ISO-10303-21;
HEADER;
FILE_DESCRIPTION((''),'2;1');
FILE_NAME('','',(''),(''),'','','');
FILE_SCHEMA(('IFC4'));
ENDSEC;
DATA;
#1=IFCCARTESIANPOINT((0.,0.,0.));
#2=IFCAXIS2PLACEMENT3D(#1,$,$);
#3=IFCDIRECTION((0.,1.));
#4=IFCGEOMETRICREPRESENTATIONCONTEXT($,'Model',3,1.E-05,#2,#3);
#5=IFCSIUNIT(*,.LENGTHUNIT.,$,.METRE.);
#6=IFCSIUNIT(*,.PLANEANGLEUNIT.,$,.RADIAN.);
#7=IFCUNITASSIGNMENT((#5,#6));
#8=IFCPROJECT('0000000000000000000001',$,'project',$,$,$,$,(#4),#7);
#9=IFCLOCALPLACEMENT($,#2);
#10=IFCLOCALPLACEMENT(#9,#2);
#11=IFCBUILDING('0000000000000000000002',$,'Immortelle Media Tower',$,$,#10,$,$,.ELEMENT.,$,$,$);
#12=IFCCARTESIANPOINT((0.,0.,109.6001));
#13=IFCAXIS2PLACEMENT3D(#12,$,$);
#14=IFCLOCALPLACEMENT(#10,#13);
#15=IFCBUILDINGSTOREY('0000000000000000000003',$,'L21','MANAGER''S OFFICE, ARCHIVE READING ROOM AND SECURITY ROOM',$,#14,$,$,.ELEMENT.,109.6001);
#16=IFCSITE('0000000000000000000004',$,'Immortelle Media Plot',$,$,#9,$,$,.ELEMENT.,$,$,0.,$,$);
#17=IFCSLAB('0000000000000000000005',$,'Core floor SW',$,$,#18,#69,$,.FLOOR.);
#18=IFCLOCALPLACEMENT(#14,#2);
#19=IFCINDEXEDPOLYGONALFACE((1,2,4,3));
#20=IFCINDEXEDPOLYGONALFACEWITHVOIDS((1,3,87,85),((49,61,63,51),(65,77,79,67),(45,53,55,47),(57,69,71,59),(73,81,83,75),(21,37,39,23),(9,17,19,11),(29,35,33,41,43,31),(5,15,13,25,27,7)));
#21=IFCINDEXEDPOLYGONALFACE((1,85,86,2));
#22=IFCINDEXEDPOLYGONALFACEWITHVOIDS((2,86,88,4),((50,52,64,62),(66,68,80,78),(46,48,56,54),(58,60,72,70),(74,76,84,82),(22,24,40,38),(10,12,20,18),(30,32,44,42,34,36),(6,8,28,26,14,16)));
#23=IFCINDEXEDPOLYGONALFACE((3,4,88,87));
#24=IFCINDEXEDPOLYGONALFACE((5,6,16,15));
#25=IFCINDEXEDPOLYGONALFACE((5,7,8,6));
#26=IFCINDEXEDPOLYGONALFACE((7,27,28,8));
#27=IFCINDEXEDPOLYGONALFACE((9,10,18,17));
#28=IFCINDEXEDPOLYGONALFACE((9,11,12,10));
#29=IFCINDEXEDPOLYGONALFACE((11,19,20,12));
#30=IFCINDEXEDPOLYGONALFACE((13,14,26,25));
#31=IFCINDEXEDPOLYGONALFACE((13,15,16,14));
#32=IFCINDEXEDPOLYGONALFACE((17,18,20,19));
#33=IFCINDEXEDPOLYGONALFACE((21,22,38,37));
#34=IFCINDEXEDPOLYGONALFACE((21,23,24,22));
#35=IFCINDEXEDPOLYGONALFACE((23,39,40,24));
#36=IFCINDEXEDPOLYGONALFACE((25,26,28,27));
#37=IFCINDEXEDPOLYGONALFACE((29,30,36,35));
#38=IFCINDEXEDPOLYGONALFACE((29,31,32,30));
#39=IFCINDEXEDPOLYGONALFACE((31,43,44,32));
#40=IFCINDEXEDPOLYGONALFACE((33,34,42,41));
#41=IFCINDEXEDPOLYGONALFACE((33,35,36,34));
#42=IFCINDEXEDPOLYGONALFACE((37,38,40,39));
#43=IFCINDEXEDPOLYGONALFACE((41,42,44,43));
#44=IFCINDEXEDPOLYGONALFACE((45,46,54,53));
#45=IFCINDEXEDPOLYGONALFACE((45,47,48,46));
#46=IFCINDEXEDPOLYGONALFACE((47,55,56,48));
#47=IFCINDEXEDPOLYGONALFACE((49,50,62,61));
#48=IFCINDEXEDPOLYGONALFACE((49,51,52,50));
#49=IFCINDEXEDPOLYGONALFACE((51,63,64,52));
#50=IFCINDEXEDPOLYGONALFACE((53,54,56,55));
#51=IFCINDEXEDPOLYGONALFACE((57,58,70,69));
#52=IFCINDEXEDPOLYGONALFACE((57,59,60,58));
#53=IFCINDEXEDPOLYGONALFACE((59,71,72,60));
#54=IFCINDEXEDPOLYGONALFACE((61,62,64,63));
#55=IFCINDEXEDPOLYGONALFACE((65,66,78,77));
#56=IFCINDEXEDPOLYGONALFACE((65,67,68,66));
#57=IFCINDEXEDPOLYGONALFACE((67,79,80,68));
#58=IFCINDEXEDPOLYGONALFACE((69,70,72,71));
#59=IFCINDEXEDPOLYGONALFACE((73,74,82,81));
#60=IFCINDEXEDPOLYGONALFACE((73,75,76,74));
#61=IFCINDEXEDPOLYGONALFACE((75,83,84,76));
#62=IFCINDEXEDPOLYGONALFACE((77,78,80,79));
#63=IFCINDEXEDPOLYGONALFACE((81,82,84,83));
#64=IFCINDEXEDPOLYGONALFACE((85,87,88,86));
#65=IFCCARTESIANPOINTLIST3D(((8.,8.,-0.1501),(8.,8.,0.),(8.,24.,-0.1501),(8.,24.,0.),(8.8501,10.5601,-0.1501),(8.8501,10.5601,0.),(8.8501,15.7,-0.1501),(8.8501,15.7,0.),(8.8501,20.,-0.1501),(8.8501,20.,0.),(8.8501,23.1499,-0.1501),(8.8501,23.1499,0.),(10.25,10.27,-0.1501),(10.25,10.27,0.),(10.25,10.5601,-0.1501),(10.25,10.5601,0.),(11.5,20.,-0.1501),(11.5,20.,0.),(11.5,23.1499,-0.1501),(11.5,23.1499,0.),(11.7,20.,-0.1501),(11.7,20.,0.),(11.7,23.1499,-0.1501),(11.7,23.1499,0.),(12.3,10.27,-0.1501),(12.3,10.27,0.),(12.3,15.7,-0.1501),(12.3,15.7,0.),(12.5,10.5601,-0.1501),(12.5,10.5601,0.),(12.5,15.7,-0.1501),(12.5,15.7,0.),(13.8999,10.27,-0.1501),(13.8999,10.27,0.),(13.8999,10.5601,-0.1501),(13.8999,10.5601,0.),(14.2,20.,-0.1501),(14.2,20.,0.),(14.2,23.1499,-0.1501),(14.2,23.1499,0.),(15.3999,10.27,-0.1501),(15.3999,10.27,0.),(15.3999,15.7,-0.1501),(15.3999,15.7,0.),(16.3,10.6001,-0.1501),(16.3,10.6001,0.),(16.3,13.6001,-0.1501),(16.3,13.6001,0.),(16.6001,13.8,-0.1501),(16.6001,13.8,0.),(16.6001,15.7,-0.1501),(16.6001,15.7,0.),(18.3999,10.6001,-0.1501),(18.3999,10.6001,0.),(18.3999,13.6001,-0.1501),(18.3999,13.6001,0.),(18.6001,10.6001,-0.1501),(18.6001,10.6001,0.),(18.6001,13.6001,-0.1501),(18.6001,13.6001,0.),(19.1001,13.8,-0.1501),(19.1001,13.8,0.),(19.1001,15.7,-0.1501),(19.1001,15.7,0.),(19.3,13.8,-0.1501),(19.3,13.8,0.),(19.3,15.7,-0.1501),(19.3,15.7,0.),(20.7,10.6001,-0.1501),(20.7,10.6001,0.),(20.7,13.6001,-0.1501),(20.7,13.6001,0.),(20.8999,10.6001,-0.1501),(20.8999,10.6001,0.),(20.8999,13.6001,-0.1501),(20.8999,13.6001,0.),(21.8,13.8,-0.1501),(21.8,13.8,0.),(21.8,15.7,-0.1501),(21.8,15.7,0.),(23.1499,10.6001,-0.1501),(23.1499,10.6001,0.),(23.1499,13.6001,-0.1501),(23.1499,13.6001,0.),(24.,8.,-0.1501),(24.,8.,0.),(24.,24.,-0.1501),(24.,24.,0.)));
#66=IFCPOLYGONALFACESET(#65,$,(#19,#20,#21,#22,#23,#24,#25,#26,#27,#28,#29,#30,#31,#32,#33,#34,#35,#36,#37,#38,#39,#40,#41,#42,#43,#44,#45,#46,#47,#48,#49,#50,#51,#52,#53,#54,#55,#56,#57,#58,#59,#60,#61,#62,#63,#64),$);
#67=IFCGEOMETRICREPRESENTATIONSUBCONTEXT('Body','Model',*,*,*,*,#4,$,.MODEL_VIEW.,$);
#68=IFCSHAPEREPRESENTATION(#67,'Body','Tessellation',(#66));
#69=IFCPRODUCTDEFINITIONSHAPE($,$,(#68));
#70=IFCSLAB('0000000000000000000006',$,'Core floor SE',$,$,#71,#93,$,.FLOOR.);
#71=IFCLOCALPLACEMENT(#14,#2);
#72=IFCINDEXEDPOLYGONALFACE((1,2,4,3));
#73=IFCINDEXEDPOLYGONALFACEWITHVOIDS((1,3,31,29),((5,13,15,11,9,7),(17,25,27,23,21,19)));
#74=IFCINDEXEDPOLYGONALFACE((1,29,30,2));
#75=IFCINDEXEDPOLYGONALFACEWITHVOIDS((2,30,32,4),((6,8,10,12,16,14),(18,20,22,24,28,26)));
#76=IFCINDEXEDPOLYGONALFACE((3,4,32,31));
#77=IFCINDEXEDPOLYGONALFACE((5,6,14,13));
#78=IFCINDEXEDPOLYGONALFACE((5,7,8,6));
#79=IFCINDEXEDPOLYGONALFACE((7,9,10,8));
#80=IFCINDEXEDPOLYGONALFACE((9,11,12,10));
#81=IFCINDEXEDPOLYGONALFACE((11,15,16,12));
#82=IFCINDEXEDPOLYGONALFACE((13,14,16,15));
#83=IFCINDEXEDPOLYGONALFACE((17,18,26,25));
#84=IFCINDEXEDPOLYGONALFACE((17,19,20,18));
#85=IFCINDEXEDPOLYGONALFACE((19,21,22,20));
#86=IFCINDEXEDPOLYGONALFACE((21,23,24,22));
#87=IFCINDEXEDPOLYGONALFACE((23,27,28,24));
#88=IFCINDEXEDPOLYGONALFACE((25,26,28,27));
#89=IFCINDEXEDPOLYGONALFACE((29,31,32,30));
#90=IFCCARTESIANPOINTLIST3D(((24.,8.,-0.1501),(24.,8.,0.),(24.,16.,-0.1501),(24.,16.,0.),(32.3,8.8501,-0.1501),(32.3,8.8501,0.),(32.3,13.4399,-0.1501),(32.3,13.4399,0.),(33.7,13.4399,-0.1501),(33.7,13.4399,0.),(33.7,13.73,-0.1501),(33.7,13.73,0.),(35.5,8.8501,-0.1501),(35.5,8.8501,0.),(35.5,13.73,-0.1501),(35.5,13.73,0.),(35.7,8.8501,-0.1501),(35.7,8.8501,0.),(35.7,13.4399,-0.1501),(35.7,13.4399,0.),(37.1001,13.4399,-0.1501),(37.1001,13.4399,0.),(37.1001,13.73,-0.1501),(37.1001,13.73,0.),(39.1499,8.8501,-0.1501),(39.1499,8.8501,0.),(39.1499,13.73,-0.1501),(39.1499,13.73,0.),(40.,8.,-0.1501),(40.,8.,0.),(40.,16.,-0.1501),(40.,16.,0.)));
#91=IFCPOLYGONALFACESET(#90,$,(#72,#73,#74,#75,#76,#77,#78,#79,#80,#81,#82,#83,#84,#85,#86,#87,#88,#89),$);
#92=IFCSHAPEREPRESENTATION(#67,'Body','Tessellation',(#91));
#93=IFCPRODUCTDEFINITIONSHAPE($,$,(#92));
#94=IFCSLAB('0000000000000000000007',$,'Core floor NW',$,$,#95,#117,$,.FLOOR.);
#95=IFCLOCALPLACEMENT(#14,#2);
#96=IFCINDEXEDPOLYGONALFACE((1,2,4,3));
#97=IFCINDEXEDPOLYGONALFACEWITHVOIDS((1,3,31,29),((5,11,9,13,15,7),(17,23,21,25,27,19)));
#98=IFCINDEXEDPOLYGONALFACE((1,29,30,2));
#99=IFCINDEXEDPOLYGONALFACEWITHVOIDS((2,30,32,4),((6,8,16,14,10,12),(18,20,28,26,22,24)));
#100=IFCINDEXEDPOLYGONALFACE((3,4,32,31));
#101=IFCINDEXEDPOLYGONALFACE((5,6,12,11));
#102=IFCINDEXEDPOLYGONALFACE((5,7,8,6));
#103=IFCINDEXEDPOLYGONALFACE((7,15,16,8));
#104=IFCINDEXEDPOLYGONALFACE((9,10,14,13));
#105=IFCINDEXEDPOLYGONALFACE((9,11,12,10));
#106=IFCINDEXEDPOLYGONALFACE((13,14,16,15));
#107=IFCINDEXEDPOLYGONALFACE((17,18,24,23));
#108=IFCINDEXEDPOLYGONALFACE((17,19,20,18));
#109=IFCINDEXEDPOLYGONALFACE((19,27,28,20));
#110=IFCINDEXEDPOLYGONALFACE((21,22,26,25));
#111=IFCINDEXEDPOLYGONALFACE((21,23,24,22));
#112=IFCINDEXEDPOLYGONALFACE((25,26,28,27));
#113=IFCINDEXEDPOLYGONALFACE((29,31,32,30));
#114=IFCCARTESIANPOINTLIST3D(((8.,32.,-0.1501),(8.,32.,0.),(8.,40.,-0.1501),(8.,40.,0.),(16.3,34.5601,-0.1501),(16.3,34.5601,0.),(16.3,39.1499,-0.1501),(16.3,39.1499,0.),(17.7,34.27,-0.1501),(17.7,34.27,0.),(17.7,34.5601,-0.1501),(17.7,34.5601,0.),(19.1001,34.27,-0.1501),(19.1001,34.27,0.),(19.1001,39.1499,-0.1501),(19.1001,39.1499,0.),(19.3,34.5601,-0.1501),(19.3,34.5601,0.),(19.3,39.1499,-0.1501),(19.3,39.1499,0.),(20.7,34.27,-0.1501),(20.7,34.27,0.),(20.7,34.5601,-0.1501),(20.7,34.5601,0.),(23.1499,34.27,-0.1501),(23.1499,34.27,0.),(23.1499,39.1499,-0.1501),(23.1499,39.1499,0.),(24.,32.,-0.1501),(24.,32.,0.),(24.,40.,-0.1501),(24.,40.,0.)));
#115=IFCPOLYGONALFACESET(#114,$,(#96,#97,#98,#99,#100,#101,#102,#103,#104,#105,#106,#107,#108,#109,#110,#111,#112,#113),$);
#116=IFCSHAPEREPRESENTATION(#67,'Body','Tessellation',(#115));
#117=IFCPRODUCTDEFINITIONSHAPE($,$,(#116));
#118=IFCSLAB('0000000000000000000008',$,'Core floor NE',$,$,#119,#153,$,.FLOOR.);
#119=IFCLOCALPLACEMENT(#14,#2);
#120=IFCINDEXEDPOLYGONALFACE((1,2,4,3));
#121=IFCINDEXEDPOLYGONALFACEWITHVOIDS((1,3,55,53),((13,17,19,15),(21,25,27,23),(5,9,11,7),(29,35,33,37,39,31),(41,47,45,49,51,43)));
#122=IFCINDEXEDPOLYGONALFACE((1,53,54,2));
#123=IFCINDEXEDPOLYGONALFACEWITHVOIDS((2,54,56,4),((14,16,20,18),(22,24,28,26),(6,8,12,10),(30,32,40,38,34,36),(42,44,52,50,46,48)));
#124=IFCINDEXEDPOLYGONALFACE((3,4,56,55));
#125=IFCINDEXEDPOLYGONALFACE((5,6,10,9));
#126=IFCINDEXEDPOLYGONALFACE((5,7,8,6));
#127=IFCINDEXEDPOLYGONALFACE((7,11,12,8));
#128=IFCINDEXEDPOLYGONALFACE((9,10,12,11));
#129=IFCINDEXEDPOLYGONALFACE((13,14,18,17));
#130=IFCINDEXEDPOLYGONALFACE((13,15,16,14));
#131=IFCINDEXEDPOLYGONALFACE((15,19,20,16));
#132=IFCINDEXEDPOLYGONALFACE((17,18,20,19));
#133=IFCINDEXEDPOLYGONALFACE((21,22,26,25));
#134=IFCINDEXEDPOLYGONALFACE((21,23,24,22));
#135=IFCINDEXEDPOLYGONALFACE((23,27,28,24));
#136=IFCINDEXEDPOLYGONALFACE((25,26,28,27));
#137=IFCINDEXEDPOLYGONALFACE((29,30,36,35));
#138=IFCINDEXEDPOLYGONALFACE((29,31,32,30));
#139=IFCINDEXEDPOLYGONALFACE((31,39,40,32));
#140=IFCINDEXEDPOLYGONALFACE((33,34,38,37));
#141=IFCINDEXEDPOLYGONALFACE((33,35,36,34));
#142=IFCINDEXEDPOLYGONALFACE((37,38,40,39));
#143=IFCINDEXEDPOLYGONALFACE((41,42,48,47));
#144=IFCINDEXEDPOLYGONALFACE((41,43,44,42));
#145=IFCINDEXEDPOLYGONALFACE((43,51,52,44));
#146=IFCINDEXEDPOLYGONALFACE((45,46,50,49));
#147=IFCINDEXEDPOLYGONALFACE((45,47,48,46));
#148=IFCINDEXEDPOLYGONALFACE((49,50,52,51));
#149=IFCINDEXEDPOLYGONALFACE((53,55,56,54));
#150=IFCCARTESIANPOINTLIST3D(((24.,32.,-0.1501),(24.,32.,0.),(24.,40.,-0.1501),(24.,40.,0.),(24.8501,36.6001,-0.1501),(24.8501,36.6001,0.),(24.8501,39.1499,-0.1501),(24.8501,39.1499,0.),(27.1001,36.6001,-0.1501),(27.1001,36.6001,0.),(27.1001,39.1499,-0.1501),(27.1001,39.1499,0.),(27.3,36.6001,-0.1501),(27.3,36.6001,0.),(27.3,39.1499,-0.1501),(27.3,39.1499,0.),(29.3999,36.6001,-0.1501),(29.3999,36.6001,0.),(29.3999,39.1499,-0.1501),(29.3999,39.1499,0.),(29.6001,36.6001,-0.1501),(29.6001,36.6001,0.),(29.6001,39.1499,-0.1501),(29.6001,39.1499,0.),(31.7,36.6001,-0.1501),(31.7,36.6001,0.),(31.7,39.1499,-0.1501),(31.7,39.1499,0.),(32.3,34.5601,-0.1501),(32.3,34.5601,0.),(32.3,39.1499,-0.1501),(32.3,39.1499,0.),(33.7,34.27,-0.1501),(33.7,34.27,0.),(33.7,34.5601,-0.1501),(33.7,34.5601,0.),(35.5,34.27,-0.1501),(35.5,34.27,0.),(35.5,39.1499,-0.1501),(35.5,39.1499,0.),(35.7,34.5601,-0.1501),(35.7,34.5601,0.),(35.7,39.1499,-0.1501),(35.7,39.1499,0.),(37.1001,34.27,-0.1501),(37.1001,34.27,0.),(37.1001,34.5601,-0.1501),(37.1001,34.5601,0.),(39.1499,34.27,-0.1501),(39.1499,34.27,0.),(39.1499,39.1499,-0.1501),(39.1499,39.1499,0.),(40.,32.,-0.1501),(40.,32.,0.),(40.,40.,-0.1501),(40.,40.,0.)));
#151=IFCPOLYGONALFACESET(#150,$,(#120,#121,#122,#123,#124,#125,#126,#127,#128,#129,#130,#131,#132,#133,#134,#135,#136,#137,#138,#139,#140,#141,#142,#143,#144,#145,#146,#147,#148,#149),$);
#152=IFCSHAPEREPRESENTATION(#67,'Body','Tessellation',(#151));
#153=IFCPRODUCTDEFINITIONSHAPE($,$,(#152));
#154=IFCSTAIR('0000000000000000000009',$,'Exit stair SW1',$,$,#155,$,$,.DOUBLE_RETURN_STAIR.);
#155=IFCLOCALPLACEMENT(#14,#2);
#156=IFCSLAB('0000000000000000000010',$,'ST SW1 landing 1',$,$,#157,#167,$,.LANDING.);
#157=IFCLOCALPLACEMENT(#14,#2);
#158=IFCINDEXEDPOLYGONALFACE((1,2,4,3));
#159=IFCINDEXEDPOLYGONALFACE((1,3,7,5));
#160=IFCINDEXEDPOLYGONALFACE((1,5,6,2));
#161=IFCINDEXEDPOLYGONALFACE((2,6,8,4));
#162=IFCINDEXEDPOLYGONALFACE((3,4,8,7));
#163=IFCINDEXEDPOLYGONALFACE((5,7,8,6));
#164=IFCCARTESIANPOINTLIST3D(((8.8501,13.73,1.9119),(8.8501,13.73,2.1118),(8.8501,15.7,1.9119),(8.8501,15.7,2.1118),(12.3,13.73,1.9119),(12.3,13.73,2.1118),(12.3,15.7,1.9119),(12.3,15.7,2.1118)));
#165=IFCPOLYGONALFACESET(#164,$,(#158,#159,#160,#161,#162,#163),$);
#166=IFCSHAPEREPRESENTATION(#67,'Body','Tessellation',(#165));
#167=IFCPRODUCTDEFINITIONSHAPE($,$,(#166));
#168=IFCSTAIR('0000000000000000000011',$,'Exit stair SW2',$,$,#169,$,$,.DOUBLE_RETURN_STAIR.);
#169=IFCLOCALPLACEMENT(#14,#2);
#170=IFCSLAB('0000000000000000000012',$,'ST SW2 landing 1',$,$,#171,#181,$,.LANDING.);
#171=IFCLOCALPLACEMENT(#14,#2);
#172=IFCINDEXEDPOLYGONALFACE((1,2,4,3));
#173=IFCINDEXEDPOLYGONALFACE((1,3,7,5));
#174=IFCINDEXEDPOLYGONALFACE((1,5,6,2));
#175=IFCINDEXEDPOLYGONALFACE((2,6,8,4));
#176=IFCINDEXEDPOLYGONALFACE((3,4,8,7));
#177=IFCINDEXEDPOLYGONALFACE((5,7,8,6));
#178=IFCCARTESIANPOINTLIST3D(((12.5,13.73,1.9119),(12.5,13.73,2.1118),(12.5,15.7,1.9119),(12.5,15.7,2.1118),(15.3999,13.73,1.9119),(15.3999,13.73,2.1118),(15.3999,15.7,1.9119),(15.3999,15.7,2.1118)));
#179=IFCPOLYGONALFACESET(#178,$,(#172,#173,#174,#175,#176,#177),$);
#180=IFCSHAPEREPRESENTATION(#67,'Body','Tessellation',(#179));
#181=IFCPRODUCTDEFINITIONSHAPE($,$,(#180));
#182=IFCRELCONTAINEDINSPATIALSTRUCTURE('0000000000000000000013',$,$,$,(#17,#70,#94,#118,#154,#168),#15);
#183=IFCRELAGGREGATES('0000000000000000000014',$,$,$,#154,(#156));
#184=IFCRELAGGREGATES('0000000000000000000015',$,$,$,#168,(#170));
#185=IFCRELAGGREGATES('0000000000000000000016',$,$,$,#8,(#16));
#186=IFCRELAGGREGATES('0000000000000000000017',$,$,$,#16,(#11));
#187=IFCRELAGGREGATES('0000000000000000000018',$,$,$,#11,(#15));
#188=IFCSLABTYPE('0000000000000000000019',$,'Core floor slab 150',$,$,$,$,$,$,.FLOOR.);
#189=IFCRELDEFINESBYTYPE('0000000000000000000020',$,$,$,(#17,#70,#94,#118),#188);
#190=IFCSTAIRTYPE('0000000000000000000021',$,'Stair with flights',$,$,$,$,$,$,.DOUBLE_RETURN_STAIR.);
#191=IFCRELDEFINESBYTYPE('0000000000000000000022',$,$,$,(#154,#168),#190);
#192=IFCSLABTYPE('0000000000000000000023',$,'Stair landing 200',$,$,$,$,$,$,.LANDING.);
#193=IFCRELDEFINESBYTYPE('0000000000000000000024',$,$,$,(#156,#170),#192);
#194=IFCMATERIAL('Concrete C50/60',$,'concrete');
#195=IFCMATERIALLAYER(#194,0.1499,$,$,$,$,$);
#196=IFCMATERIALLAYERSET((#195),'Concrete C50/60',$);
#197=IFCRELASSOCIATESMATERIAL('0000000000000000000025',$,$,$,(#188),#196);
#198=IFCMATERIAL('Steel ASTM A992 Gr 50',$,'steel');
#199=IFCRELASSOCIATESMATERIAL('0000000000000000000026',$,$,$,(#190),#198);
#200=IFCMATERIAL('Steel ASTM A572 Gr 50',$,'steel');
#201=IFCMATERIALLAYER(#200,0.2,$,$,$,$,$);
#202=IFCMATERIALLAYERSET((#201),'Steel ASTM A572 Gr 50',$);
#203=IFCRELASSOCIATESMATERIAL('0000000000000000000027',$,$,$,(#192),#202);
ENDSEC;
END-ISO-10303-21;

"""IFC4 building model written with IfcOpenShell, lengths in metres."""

from ifc_helpers import new_model, si_unit, direction, frame, origin, place, context, subcontext, project, spatial, polyline, outline, extrude, material, layer, layer_set, type_object, element, aggregate, save


model = new_model("IFC4")

# Units and contexts
model_context = context("Model", 3, precision=1e-05, world=origin(), true_north=direction((0.0, 1.0)))
body_context = subcontext(model_context, "Body", "Model", "MODEL_VIEW")
ifc_project = project(units=[si_unit("LENGTHUNIT", "METRE"), si_unit("PLANEANGLEUNIT", "RADIAN")], contexts=[model_context])

# Site, building, storey
site_placement = place(None, origin())
site = spatial("IfcSite", under=ifc_project, at=site_placement, Name="Immortelle Media Plot", CompositionType="ELEMENT", RefElevation=0.0)
building_placement = place(site_placement, origin())
building = spatial("IfcBuilding", under=site, at=building_placement, Name="Immortelle Media Tower", CompositionType="ELEMENT")
storey_placement = place(building_placement, frame((0.0, 0.0, 109.6001)))
storey = spatial("IfcBuildingStorey", under=building, at=storey_placement, Name="L21", Description="MANAGER'S OFFICE, ARCHIVE READING ROOM AND SECURITY ROOM", CompositionType="ELEMENT", Elevation=109.6001)

# Slabs
ifc_material_1 = material(Name="Concrete C50/60", Category="concrete")
ifc_layer_1 = layer(ifc_material_1, 0.1499)
ifc_layer_set_1 = layer_set([ifc_layer_1], Name="Concrete C50/60")
slab_type_1 = type_object("IfcSlabType", Name="Core floor slab 150", PredefinedType="FLOOR", material=ifc_layer_set_1)
slab_1_placement = place(storey_placement, frame((0.0, 0.0, -0.1501)))
element("IfcSlab", 1, at=slab_1_placement, inside=storey, type_object=slab_type_1, Name="Core floor SW", PredefinedType="FLOOR", context=body_context, shape_type="SweptSolid", body=[
    extrude(outline(polyline([(8.0, 8.0), (24.0, 8.0), (24.0, 24.0), (8.0, 24.0), (8.0, 8.0)]), holes=[polyline([(8.8501, 20.0), (11.5, 20.0), (11.5, 23.1499), (8.8501, 23.1499), (8.8501, 20.0)]), polyline([(11.7, 20.0), (14.2, 20.0), (14.2, 23.1499), (11.7, 23.1499), (11.7, 20.0)]), polyline([(16.6001, 13.8), (19.1001, 13.8), (19.1001, 15.7), (16.6001, 15.7), (16.6001, 13.8)]), polyline([(19.3, 13.8), (21.8, 13.8), (21.8, 15.7), (19.3, 15.7), (19.3, 13.8)]), polyline([(16.3, 10.6001), (18.3999, 10.6001), (18.3999, 13.6001), (16.3, 13.6001), (16.3, 10.6001)]), polyline([(18.6001, 10.6001), (20.7, 10.6001), (20.7, 13.6001), (18.6001, 13.6001), (18.6001, 10.6001)]), polyline([(20.8999, 10.6001), (23.1499, 10.6001), (23.1499, 13.6001), (20.8999, 13.6001), (20.8999, 10.6001)]), polyline([(8.8501, 15.7), (12.3, 15.7), (12.3, 10.27), (10.25, 10.27), (10.25, 10.5601), (8.8501, 10.5601), (8.8501, 15.7)]), polyline([(12.5, 15.7), (15.3999, 15.7), (15.3999, 10.27), (13.8999, 10.27), (13.8999, 10.5601), (12.5, 10.5601), (12.5, 15.7)])]), origin(), (0.0, 0.0, 1.0), 0.1501),
])
slab_2_placement = place(storey_placement, frame((0.0, 0.0, -0.1501)))
element("IfcSlab", 2, at=slab_2_placement, inside=storey, type_object=slab_type_1, Name="Core floor SE", PredefinedType="FLOOR", context=body_context, shape_type="SweptSolid", body=[
    extrude(outline(polyline([(24.0, 8.0), (40.0, 8.0), (40.0, 16.0), (24.0, 16.0), (24.0, 8.0)]), holes=[polyline([(35.5, 13.73), (35.5, 8.8501), (32.3, 8.8501), (32.3, 13.4399), (33.7, 13.4399), (33.7, 13.73), (35.5, 13.73)]), polyline([(39.1499, 13.73), (39.1499, 8.8501), (35.7, 8.8501), (35.7, 13.4399), (37.1001, 13.4399), (37.1001, 13.73), (39.1499, 13.73)])]), origin(), (0.0, 0.0, 1.0), 0.1501),
])
slab_3_placement = place(storey_placement, frame((0.0, 0.0, -0.1501)))
element("IfcSlab", 3, at=slab_3_placement, inside=storey, type_object=slab_type_1, Name="Core floor NW", PredefinedType="FLOOR", context=body_context, shape_type="SweptSolid", body=[
    extrude(outline(polyline([(8.0, 32.0), (24.0, 32.0), (24.0, 40.0), (8.0, 40.0), (8.0, 32.0)]), holes=[polyline([(16.3, 39.1499), (19.1001, 39.1499), (19.1001, 34.27), (17.7, 34.27), (17.7, 34.5601), (16.3, 34.5601), (16.3, 39.1499)]), polyline([(19.3, 39.1499), (23.1499, 39.1499), (23.1499, 34.27), (20.7, 34.27), (20.7, 34.5601), (19.3, 34.5601), (19.3, 39.1499)])]), origin(), (0.0, 0.0, 1.0), 0.1501),
])
slab_4_placement = place(storey_placement, frame((0.0, 0.0, -0.1501)))
element("IfcSlab", 4, at=slab_4_placement, inside=storey, type_object=slab_type_1, Name="Core floor NE", PredefinedType="FLOOR", context=body_context, shape_type="SweptSolid", body=[
    extrude(outline(polyline([(24.0, 32.0), (40.0, 32.0), (40.0, 40.0), (24.0, 40.0), (24.0, 32.0)]), holes=[polyline([(24.8501, 36.6001), (27.1001, 36.6001), (27.1001, 39.1499), (24.8501, 39.1499), (24.8501, 36.6001)]), polyline([(27.3, 36.6001), (29.3999, 36.6001), (29.3999, 39.1499), (27.3, 39.1499), (27.3, 36.6001)]), polyline([(29.6001, 36.6001), (31.7, 36.6001), (31.7, 39.1499), (29.6001, 39.1499), (29.6001, 36.6001)]), polyline([(32.3, 39.1499), (35.5, 39.1499), (35.5, 34.27), (33.7, 34.27), (33.7, 34.5601), (32.3, 34.5601), (32.3, 39.1499)]), polyline([(35.7, 39.1499), (39.1499, 39.1499), (39.1499, 34.27), (37.1001, 34.27), (37.1001, 34.5601), (35.7, 34.5601), (35.7, 39.1499)])]), origin(), (0.0, 0.0, 1.0), 0.1501),
])

# Stairs, slabs
ifc_material_2 = material(Name="Steel ASTM A992 Gr 50", Category="steel")
stair_type = type_object("IfcStairType", Name="Stair with flights", PredefinedType="DOUBLE_RETURN_STAIR", material=ifc_material_2)
stair_1_placement = place(storey_placement, origin())
stair_1 = element("IfcStair", 5, at=stair_1_placement, inside=storey, type_object=stair_type, Name="Exit stair SW1", PredefinedType="DOUBLE_RETURN_STAIR")
ifc_material_3 = material(Name="Steel ASTM A572 Gr 50", Category="steel")
ifc_layer_2 = layer(ifc_material_3, 0.2)
ifc_layer_set_2 = layer_set([ifc_layer_2], Name="Steel ASTM A572 Gr 50")
slab_type_2 = type_object("IfcSlabType", Name="Stair landing 200", PredefinedType="LANDING", material=ifc_layer_set_2)
slab_5_placement = place(storey_placement, frame((0.0, 0.0, 1.9119)))
slab_5 = element("IfcSlab", 6, at=slab_5_placement, type_object=slab_type_2, Name="ST SW1 landing 1", PredefinedType="LANDING", context=body_context, shape_type="SweptSolid", body=[
    extrude(outline(polyline([(8.8501, 13.73), (12.3, 13.73), (12.3, 15.7), (8.8501, 15.7), (8.8501, 13.73)])), origin(), (0.0, 0.0, 1.0), 0.2),
])
aggregate(stair_1, [slab_5])
stair_2_placement = place(storey_placement, origin())
stair_2 = element("IfcStair", 7, at=stair_2_placement, inside=storey, type_object=stair_type, Name="Exit stair SW2", PredefinedType="DOUBLE_RETURN_STAIR")
slab_6_placement = place(storey_placement, frame((0.0, 0.0, 1.9119)))
slab_6 = element("IfcSlab", 8, at=slab_6_placement, type_object=slab_type_2, Name="ST SW2 landing 1", PredefinedType="LANDING", context=body_context, shape_type="SweptSolid", body=[
    extrude(outline(polyline([(12.5, 13.73), (15.3999, 13.73), (15.3999, 15.7), (12.5, 15.7), (12.5, 13.73)])), origin(), (0.0, 0.0, 1.0), 0.2),
])
aggregate(stair_2, [slab_6])

save(model, "model.ifc")
